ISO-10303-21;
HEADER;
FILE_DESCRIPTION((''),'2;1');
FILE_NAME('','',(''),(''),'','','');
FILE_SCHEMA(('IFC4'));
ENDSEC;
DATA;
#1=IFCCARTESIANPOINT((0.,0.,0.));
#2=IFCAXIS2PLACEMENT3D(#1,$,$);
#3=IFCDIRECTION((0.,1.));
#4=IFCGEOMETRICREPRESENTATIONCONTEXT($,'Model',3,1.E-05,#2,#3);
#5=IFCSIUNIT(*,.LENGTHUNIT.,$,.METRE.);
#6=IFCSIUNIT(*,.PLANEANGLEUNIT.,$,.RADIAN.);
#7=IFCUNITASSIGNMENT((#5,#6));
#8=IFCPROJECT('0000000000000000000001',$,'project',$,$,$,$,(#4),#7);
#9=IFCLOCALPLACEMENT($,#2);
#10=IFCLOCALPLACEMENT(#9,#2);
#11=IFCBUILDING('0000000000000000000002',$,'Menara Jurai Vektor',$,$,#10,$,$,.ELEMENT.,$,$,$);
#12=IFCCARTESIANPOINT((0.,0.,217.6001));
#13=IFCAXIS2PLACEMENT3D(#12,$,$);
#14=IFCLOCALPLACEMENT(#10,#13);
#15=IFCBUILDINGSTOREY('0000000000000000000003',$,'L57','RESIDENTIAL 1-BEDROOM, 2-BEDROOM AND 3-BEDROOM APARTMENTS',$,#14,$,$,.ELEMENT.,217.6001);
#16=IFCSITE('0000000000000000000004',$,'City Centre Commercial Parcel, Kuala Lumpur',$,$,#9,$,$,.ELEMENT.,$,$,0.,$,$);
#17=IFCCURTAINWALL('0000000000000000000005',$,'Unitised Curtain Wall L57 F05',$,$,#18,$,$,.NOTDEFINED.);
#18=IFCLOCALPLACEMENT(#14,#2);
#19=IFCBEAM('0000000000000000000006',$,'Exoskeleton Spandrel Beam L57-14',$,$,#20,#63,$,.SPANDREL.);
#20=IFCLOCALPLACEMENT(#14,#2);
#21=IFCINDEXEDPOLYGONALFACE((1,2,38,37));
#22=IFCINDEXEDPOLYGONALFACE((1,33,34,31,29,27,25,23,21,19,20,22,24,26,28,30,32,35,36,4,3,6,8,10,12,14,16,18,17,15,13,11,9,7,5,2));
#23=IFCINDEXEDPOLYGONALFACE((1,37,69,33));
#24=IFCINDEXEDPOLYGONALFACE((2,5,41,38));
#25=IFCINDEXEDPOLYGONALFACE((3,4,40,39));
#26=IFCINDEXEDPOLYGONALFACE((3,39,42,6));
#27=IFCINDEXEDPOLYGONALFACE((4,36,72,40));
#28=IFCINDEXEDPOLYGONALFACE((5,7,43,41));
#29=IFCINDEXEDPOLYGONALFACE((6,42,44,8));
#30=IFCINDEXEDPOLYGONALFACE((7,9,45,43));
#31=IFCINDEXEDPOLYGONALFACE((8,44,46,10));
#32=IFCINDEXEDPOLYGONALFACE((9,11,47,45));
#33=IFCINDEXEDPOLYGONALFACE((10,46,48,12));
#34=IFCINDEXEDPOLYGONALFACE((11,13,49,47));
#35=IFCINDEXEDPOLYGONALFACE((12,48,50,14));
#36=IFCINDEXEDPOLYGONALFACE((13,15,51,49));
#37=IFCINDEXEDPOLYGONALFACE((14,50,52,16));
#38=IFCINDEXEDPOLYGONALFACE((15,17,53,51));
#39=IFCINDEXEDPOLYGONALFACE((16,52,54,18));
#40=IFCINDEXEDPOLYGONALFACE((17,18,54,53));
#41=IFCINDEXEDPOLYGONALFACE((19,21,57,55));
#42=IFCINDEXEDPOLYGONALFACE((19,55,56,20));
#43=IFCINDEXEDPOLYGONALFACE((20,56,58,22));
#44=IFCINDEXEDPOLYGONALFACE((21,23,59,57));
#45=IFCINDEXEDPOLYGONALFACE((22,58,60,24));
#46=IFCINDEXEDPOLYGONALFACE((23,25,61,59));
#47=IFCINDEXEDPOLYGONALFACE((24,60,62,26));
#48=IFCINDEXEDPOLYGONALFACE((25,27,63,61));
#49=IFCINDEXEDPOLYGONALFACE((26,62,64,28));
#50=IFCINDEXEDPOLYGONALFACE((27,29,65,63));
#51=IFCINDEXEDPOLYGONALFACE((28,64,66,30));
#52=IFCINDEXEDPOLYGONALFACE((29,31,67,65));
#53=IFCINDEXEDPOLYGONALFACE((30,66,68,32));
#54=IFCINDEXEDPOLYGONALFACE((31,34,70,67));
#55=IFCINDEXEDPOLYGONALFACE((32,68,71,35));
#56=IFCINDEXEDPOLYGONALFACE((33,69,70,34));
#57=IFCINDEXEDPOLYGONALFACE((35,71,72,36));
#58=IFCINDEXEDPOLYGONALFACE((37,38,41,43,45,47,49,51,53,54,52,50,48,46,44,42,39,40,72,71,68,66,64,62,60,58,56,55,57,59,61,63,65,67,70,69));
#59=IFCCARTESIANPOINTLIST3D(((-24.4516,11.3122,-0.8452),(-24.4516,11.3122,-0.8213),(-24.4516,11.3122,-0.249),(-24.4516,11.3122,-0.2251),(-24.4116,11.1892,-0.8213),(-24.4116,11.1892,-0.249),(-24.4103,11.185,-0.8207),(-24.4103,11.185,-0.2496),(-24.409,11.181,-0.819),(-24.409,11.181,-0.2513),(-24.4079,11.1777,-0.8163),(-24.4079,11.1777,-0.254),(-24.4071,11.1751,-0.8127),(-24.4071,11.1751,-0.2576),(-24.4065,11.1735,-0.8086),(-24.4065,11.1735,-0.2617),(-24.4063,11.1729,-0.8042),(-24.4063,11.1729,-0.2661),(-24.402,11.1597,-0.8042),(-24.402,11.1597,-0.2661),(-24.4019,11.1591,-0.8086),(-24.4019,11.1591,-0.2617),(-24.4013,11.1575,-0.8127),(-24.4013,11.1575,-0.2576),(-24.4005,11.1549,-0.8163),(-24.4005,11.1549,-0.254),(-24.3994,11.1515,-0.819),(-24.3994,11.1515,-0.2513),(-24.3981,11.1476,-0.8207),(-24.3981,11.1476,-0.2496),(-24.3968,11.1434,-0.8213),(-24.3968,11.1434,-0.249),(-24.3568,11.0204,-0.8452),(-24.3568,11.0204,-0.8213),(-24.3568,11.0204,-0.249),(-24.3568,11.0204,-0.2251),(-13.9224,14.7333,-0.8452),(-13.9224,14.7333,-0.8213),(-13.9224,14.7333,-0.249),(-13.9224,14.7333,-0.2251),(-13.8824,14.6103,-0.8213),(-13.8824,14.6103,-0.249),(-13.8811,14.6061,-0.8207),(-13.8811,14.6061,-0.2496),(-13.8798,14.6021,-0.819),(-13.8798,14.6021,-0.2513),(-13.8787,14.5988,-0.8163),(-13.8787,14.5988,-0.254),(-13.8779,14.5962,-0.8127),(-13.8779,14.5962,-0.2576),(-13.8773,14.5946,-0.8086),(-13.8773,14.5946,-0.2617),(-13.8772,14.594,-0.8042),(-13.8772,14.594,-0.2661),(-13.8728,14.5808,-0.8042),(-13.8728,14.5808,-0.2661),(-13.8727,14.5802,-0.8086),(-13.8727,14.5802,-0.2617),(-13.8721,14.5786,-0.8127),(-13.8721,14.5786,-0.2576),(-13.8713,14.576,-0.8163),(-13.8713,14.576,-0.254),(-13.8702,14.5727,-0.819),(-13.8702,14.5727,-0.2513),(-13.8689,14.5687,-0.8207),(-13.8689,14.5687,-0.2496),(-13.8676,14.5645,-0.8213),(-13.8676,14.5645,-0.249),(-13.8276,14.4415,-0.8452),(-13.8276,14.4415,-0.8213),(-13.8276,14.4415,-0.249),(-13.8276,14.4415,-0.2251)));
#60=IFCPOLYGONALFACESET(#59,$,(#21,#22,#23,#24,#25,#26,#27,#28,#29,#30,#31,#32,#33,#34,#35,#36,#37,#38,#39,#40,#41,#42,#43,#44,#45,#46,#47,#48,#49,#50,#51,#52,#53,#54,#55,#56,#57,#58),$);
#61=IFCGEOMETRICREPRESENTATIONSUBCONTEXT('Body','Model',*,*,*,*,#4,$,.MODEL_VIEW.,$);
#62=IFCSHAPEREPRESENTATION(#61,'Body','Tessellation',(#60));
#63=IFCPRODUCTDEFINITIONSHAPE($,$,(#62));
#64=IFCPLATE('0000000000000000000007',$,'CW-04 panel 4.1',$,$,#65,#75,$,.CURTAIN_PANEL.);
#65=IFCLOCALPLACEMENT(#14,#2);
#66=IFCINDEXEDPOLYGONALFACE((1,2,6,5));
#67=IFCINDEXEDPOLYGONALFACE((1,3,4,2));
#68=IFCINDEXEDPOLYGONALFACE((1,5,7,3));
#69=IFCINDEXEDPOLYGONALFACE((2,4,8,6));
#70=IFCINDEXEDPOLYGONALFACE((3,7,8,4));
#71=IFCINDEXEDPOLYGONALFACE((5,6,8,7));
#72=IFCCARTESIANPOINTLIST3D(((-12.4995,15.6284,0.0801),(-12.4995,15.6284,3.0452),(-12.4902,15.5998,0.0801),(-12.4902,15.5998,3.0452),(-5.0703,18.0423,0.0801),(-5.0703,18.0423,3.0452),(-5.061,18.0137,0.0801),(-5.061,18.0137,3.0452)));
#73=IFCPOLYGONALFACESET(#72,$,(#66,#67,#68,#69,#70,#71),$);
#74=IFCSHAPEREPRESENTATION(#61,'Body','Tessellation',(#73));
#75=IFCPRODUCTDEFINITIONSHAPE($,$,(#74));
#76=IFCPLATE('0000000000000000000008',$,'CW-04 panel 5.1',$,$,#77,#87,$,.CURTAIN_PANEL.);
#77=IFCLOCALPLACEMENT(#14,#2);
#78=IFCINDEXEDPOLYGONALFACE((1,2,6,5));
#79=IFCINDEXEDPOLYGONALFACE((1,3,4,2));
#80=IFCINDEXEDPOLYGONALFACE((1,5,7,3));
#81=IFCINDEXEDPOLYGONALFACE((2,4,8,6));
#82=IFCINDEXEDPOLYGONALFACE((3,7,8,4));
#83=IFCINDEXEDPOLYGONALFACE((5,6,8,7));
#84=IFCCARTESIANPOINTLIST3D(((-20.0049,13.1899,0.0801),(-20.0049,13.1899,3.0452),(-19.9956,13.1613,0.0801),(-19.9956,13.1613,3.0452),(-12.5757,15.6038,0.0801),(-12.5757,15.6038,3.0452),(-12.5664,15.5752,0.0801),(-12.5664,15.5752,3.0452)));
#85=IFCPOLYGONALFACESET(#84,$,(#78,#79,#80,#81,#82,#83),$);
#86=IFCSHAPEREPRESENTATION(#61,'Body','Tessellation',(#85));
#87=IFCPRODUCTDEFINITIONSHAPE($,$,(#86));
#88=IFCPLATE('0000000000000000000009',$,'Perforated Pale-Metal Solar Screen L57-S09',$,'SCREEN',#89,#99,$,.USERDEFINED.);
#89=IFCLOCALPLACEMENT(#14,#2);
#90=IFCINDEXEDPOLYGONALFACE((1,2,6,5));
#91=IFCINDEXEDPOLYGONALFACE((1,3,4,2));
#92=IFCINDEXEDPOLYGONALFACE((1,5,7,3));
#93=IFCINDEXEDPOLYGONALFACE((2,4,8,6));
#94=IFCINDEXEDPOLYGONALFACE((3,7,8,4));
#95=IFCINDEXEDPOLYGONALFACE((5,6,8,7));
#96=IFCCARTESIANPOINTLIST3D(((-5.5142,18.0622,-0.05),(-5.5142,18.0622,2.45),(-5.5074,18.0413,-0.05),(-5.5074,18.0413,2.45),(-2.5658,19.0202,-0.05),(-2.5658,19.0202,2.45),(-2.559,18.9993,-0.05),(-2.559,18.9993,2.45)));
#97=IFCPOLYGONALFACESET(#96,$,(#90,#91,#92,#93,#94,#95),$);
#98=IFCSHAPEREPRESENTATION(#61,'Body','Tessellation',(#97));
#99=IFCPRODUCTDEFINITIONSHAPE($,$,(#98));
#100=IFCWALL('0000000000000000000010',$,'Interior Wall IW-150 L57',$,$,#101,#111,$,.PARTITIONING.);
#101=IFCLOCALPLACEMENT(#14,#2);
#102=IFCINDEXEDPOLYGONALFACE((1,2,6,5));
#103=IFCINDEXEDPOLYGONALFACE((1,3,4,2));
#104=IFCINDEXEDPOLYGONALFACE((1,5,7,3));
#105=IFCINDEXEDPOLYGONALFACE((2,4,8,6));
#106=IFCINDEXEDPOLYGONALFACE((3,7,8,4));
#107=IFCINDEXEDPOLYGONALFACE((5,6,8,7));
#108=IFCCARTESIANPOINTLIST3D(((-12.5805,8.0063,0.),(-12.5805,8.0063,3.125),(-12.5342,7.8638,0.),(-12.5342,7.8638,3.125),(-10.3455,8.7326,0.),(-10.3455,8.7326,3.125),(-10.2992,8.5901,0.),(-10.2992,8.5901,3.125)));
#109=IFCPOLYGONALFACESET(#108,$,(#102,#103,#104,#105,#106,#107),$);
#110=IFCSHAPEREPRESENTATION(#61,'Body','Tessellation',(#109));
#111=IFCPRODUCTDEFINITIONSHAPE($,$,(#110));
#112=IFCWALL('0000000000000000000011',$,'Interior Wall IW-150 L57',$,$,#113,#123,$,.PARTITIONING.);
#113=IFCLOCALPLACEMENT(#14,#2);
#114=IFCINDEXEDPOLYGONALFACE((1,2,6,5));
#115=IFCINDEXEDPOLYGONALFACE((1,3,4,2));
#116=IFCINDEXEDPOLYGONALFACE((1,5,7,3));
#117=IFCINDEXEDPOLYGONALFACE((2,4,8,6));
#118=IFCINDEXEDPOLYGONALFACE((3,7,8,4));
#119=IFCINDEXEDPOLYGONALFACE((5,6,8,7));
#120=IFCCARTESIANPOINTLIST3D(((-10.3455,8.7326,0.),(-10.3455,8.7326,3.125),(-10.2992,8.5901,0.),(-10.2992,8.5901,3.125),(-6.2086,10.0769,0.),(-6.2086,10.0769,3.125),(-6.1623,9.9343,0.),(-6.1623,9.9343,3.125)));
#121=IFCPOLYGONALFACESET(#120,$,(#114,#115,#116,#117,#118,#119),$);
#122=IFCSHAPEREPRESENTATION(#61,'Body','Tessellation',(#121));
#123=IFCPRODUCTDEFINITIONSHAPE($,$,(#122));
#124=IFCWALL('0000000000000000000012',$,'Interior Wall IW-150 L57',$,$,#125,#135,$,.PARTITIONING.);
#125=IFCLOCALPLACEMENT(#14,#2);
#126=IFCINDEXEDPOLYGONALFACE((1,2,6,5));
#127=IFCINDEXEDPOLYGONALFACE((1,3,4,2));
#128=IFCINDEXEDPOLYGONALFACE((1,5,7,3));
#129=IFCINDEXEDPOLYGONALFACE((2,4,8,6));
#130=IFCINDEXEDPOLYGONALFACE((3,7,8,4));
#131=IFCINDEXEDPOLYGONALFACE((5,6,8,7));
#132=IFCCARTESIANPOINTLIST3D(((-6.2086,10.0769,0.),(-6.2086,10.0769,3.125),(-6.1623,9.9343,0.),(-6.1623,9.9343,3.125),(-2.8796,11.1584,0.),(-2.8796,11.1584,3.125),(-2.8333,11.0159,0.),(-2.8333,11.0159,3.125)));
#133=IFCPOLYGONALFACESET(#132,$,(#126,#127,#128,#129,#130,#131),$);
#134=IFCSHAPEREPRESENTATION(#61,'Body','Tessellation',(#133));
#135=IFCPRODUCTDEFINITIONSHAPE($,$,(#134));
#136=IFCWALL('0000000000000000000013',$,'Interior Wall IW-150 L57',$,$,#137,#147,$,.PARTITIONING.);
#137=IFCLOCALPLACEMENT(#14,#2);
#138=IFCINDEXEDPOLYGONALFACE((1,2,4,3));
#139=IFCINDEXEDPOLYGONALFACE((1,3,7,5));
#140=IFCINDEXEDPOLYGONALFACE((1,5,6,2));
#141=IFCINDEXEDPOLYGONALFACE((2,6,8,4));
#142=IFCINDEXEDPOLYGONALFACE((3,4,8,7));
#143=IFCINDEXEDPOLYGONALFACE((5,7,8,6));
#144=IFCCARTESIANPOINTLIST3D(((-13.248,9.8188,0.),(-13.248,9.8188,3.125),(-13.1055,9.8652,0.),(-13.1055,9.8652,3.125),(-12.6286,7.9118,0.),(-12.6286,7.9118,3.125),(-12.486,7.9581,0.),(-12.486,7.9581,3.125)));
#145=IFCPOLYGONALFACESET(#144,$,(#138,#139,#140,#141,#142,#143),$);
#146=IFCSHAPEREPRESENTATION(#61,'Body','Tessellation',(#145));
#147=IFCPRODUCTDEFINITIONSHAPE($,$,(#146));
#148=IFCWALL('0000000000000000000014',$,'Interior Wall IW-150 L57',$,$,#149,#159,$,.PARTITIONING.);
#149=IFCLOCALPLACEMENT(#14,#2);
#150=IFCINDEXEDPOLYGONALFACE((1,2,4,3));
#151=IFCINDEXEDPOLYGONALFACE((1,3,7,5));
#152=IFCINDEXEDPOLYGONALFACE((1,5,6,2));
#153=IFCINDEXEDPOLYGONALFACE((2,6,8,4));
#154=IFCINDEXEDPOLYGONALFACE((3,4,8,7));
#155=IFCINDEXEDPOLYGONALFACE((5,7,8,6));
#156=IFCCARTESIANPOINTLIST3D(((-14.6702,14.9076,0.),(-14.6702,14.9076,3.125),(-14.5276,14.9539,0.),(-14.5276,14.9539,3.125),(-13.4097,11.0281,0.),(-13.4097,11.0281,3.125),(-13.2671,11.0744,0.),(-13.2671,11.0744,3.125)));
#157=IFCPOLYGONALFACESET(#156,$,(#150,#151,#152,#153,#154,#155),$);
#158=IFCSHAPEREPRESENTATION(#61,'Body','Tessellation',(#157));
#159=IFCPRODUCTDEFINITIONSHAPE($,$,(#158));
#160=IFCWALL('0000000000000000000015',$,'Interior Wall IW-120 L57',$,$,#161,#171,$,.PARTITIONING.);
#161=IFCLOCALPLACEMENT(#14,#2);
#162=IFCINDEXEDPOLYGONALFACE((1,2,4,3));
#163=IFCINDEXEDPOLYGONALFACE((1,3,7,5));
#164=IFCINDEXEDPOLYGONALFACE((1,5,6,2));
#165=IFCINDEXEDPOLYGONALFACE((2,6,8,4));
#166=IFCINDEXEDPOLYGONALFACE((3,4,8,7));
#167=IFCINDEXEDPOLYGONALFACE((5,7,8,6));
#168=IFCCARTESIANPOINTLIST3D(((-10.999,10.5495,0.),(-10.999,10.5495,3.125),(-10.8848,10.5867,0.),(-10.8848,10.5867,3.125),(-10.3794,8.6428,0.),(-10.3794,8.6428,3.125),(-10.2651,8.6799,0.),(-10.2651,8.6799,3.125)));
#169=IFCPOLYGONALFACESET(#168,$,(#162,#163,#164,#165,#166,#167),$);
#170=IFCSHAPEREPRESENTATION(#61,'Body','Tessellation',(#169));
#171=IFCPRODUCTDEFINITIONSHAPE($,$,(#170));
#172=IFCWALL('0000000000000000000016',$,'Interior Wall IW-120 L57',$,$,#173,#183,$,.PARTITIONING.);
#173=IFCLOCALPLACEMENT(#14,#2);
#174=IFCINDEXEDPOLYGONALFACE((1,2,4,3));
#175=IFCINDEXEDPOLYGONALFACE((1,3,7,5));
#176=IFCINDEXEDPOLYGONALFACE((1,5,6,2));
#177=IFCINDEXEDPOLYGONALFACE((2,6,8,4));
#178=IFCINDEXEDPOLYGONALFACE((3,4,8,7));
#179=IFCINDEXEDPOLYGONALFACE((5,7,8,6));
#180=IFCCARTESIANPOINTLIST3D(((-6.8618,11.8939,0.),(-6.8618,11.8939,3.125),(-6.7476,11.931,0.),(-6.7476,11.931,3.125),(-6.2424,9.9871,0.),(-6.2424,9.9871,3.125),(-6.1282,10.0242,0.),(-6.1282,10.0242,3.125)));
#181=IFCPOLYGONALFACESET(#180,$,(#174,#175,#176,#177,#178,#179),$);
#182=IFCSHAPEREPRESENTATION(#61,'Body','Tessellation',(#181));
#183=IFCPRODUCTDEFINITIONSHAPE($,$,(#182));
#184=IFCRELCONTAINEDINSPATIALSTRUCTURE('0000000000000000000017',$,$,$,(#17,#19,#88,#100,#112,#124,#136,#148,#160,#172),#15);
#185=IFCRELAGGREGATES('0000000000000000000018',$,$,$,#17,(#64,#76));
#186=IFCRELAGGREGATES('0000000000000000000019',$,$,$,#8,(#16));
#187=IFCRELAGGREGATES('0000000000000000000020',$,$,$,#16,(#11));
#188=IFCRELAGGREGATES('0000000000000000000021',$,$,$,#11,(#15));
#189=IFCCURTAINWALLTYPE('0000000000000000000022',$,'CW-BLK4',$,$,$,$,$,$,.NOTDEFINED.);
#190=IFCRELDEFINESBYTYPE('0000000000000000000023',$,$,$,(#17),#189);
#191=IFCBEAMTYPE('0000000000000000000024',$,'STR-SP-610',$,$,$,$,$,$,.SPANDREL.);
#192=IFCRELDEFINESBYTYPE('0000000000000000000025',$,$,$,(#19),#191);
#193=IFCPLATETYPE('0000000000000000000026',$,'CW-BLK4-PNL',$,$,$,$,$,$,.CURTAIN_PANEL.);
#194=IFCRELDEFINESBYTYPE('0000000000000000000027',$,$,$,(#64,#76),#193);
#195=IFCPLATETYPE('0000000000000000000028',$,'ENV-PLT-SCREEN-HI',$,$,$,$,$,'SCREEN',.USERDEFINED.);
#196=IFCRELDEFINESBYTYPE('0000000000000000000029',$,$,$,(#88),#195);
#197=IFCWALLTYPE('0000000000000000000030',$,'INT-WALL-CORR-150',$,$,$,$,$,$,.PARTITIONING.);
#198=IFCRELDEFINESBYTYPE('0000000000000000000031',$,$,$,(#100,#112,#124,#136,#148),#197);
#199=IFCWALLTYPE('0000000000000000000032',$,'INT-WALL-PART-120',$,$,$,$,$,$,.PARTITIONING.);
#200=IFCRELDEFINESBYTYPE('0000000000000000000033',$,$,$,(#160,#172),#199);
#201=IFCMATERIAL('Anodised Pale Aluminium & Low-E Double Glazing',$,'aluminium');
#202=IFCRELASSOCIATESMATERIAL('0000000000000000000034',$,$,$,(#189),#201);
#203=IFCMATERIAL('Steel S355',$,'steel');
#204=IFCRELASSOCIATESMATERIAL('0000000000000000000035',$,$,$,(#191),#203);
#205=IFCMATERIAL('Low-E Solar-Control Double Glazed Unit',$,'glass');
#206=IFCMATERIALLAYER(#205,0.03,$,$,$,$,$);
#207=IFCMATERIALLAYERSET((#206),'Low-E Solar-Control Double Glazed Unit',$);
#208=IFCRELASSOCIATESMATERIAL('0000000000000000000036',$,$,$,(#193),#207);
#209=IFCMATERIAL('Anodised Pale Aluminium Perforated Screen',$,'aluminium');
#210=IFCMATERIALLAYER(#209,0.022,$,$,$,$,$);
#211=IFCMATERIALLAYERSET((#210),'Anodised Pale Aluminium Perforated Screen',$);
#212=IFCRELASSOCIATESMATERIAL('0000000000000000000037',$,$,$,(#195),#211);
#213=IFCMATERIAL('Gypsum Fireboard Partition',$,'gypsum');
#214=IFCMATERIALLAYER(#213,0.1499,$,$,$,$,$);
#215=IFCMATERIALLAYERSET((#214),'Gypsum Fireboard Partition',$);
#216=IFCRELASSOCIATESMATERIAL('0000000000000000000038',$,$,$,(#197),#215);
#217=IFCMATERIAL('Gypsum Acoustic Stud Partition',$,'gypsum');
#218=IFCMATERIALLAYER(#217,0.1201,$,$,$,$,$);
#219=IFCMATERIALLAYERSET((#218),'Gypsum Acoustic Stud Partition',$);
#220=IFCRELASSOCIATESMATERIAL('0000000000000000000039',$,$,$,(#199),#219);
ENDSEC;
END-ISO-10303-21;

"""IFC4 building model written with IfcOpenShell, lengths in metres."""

from ifc_helpers import new_model, si_unit, direction, frame, frame_2d, origin, origin_2d, place, context, subcontext, project, spatial, rectangle, i_section, extrude, material, layer, layer_set, material_profile, profile_set, type_object, element, aggregate, save


model = new_model("IFC4")

# Units and contexts
model_context = context("Model", 3, precision=1e-05, world=origin(), true_north=direction((0.0, 1.0)))
body_context = subcontext(model_context, "Body", "Model", "MODEL_VIEW")
ifc_project = project(units=[si_unit("LENGTHUNIT", "METRE"), si_unit("PLANEANGLEUNIT", "RADIAN")], contexts=[model_context])

# Site, building, storey
site_placement = place(None, origin())
site = spatial("IfcSite", under=ifc_project, at=site_placement, Name="City Centre Commercial Parcel, Kuala Lumpur", CompositionType="ELEMENT", RefElevation=0.0)
building_placement = place(site_placement, origin())
building = spatial("IfcBuilding", under=site, at=building_placement, Name="Menara Jurai Vektor", CompositionType="ELEMENT")
storey_placement = place(building_placement, frame((0.0, 0.0, 217.6001)))
storey = spatial("IfcBuildingStorey", under=building, at=storey_placement, Name="L57", Description="RESIDENTIAL 1-BEDROOM, 2-BEDROOM AND 3-BEDROOM APARTMENTS", CompositionType="ELEMENT", Elevation=217.6001)

# Curtain wall
ifc_material_1 = material(Name="Anodised Pale Aluminium & Low-E Double Glazing", Category="aluminium")
curtain_wall_type = type_object("IfcCurtainWallType", Name="CW-BLK4", PredefinedType="NOTDEFINED", material=ifc_material_1)
curtain_wall_placement = place(storey_placement, origin())
curtain_wall = element("IfcCurtainWall", 1, at=curtain_wall_placement, inside=storey, type_object=curtain_wall_type, Name="Unitised Curtain Wall L57 F05", PredefinedType="NOTDEFINED")

# Beam
ifc_material_2 = material(Name="Steel S355", Category="steel")
ifc_material_profile_1 = material_profile(ifc_material_2, i_section(OverallWidth=0.3069, OverallDepth=0.6201, WebThickness=0.0139, FlangeThickness=0.0239, FilletRadius=0.0171, at=origin_2d()), Name="UKB 610x305x179")
ifc_profile_set_1 = profile_set([ifc_material_profile_1], Name="Steel S355")
beam_type_1 = type_object("IfcBeamType", Name="STR-SP-610", PredefinedType="SPANDREL", material=ifc_profile_set_1)
for number, where, z_axis, x_axis, name in (
    (2, (-13.875, 14.5874, -0.5352), (-0.951057, -0.309014, 0.0), (0.309014, -0.951057, 0.0), "Exoskeleton Spandrel Beam L57-14"),
):
    element("IfcBeam", number, at=place(storey_placement, frame(where, z_axis=z_axis, x_axis=x_axis)), inside=storey, type_object=beam_type_1, Name=name, PredefinedType="SPANDREL", context=body_context, shape_type="SweptSolid", body=[
        extrude(i_section(OverallWidth=0.3069, OverallDepth=0.6201, WebThickness=0.0139, FlangeThickness=0.0239, FilletRadius=0.0171, at=origin_2d()), origin(), (0.0, 0.0, 1.0), 11.071),
    ])

# Plates
ifc_material_3 = material(Name="Low-E Solar-Control Double Glazed Unit", Category="glass")
ifc_layer_1 = layer(ifc_material_3, 0.03)
ifc_layer_set_1 = layer_set([ifc_layer_1], Name="Low-E Solar-Control Double Glazed Unit")
plate_type_1 = type_object("IfcPlateType", Name="CW-BLK4-PNL", PredefinedType="CURTAIN_PANEL", material=ifc_layer_set_1)
plate_1_placement = place(storey_placement, frame((-8.7803, 16.821, 0.0801), z_axis=(0.0, 0.0, 1.0), x_axis=(-0.951056, -0.309017, 0.0)))
plate_1 = element("IfcPlate", 3, at=plate_1_placement, type_object=plate_type_1, Name="CW-04 panel 4.1", PredefinedType="CURTAIN_PANEL", context=body_context, shape_type="SweptSolid", body=[
    extrude(rectangle(XDim=7.8115, YDim=0.03, at=origin_2d()), origin(), (0.0, 0.0, 1.0), 2.9651),
])
plate_2_placement = place(storey_placement, frame((-16.2856, 14.3826, 0.0801), z_axis=(0.0, 0.0, 1.0), x_axis=(-0.951056, -0.309017, 0.0)))
plate_2 = element("IfcPlate", 4, at=plate_2_placement, type_object=plate_type_1, Name="CW-04 panel 5.1", PredefinedType="CURTAIN_PANEL", context=body_context, shape_type="SweptSolid", body=[
    extrude(rectangle(XDim=7.8115, YDim=0.03, at=origin_2d()), origin(), (0.0, 0.0, 1.0), 2.9651),
])
aggregate(curtain_wall, [plate_1, plate_2])
ifc_material_4 = material(Name="Anodised Pale Aluminium Perforated Screen", Category="aluminium")
ifc_layer_2 = layer(ifc_material_4, 0.022)
ifc_layer_set_2 = layer_set([ifc_layer_2], Name="Anodised Pale Aluminium Perforated Screen")
plate_type_2 = type_object("IfcPlateType", Name="ENV-PLT-SCREEN-HI", ElementType="SCREEN", PredefinedType="USERDEFINED", material=ifc_layer_set_2)
plate_3_placement = place(storey_placement, frame((-4.0366, 18.5308, -0.05), z_axis=(0.0, 0.0, 1.0), x_axis=(-0.951057, -0.309017, 0.0)))
element("IfcPlate", 5, at=plate_3_placement, inside=storey, type_object=plate_type_2, Name="Perforated Pale-Metal Solar Screen L57-S09", ObjectType="SCREEN", PredefinedType="USERDEFINED", context=body_context, shape_type="SweptSolid", body=[
    extrude(rectangle(XDim=3.1001, YDim=0.022, at=origin_2d()), origin(), (0.0, 0.0, 1.0), 2.5),
])

# Walls
ifc_material_5 = material(Name="Gypsum Fireboard Partition", Category="gypsum")
ifc_layer_3 = layer(ifc_material_5, 0.1499)
ifc_layer_set_3 = layer_set([ifc_layer_3], Name="Gypsum Fireboard Partition")
wall_type_1 = type_object("IfcWallType", Name="INT-WALL-CORR-150", PredefinedType="PARTITIONING", material=ifc_layer_set_3)
wall_1_placement = place(storey_placement, frame((-12.5574, 7.9351, 0.0), z_axis=(0.0, 0.0, 1.0), x_axis=(0.951046, 0.309051, 0.0)))
element("IfcWall", 6, at=wall_1_placement, inside=storey, type_object=wall_type_1, Name="Interior Wall IW-150 L57", PredefinedType="PARTITIONING", context=body_context, shape_type="SweptSolid", body=[
    extrude(rectangle(XDim=2.3501, YDim=0.1499, at=frame_2d((1.175, 0.0))), origin(), (0.0, 0.0, 1.0), 3.125),
])
wall_2_placement = place(storey_placement, frame((-10.3223, 8.6614, 0.0), z_axis=(0.0, 0.0, 1.0), x_axis=(0.951053, 0.309029, 0.0)))
element("IfcWall", 7, at=wall_2_placement, inside=storey, type_object=wall_type_1, Name="Interior Wall IW-150 L57", PredefinedType="PARTITIONING", context=body_context, shape_type="SweptSolid", body=[
    extrude(rectangle(XDim=4.3499, YDim=0.1499, at=frame_2d((2.1748, 0.0))), origin(), (0.0, 0.0, 1.0), 3.125),
])
wall_3_placement = place(storey_placement, frame((-6.1853, 10.0056, 0.0), z_axis=(0.0, 0.0, 1.0), x_axis=(0.951062, 0.308999, 0.0)))
element("IfcWall", 8, at=wall_3_placement, inside=storey, type_object=wall_type_1, Name="Interior Wall IW-150 L57", PredefinedType="PARTITIONING", context=body_context, shape_type="SweptSolid", body=[
    extrude(rectangle(XDim=3.5002, YDim=0.1499, at=frame_2d((1.75, 0.0))), origin(), (0.0, 0.0, 1.0), 3.125),
])
wall_4_placement = place(storey_placement, frame((-12.5574, 7.9351, 0.0), z_axis=(0.0, 0.0, 1.0), x_axis=(-0.308913, 0.95109, 0.0)))
element("IfcWall", 9, at=wall_4_placement, inside=storey, type_object=wall_type_1, Name="Interior Wall IW-150 L57", PredefinedType="PARTITIONING", context=body_context, shape_type="SweptSolid", body=[
    extrude(rectangle(XDim=2.0051, YDim=0.1499, at=frame_2d((1.0024, 0.0))), origin(), (0.0, 0.0, 1.0), 3.125),
])

# Walls
wall_5_placement = place(storey_placement, frame((-13.3384, 11.0513, 0.0), z_axis=(0.0, 0.0, 1.0), x_axis=(-0.309018, 0.951056, 0.0)))
element("IfcWall", 10, at=wall_5_placement, inside=storey, type_object=wall_type_1, Name="Interior Wall IW-150 L57", PredefinedType="PARTITIONING", context=body_context, shape_type="SweptSolid", body=[
    extrude(rectangle(XDim=4.0791, YDim=0.1499, at=frame_2d((2.0396, 0.0))), origin(), (0.0, 0.0, 1.0), 3.125),
])
ifc_material_6 = material(Name="Gypsum Acoustic Stud Partition", Category="gypsum")
ifc_layer_4 = layer(ifc_material_6, 0.1201)
ifc_layer_set_4 = layer_set([ifc_layer_4], Name="Gypsum Acoustic Stud Partition")
wall_type_2 = type_object("IfcWallType", Name="INT-WALL-PART-120", PredefinedType="PARTITIONING", material=ifc_layer_set_4)
for number, where, z_axis, x_axis, name in (
    (11, (-10.3223, 8.6614, 0.0), (0.0, 0.0, 1.0), (-0.309059, 0.951043, 0.0), "Interior Wall IW-120 L57"),
    (12, (-6.1853, 10.0056, 0.0), (0.0, 0.0, 1.0), (-0.308948, 0.951079, 0.0), "Interior Wall IW-120 L57"),
):
    element("IfcWall", number, at=place(storey_placement, frame(where, z_axis=z_axis, x_axis=x_axis)), inside=storey, type_object=wall_type_2, Name=name, PredefinedType="PARTITIONING", context=body_context, shape_type="SweptSolid", body=[
        extrude(rectangle(XDim=2.0049, YDim=0.1201, at=frame_2d((1.0024, 0.0))), origin(), (0.0, 0.0, 1.0), 3.125),
    ])

save(model, "model.ifc")
